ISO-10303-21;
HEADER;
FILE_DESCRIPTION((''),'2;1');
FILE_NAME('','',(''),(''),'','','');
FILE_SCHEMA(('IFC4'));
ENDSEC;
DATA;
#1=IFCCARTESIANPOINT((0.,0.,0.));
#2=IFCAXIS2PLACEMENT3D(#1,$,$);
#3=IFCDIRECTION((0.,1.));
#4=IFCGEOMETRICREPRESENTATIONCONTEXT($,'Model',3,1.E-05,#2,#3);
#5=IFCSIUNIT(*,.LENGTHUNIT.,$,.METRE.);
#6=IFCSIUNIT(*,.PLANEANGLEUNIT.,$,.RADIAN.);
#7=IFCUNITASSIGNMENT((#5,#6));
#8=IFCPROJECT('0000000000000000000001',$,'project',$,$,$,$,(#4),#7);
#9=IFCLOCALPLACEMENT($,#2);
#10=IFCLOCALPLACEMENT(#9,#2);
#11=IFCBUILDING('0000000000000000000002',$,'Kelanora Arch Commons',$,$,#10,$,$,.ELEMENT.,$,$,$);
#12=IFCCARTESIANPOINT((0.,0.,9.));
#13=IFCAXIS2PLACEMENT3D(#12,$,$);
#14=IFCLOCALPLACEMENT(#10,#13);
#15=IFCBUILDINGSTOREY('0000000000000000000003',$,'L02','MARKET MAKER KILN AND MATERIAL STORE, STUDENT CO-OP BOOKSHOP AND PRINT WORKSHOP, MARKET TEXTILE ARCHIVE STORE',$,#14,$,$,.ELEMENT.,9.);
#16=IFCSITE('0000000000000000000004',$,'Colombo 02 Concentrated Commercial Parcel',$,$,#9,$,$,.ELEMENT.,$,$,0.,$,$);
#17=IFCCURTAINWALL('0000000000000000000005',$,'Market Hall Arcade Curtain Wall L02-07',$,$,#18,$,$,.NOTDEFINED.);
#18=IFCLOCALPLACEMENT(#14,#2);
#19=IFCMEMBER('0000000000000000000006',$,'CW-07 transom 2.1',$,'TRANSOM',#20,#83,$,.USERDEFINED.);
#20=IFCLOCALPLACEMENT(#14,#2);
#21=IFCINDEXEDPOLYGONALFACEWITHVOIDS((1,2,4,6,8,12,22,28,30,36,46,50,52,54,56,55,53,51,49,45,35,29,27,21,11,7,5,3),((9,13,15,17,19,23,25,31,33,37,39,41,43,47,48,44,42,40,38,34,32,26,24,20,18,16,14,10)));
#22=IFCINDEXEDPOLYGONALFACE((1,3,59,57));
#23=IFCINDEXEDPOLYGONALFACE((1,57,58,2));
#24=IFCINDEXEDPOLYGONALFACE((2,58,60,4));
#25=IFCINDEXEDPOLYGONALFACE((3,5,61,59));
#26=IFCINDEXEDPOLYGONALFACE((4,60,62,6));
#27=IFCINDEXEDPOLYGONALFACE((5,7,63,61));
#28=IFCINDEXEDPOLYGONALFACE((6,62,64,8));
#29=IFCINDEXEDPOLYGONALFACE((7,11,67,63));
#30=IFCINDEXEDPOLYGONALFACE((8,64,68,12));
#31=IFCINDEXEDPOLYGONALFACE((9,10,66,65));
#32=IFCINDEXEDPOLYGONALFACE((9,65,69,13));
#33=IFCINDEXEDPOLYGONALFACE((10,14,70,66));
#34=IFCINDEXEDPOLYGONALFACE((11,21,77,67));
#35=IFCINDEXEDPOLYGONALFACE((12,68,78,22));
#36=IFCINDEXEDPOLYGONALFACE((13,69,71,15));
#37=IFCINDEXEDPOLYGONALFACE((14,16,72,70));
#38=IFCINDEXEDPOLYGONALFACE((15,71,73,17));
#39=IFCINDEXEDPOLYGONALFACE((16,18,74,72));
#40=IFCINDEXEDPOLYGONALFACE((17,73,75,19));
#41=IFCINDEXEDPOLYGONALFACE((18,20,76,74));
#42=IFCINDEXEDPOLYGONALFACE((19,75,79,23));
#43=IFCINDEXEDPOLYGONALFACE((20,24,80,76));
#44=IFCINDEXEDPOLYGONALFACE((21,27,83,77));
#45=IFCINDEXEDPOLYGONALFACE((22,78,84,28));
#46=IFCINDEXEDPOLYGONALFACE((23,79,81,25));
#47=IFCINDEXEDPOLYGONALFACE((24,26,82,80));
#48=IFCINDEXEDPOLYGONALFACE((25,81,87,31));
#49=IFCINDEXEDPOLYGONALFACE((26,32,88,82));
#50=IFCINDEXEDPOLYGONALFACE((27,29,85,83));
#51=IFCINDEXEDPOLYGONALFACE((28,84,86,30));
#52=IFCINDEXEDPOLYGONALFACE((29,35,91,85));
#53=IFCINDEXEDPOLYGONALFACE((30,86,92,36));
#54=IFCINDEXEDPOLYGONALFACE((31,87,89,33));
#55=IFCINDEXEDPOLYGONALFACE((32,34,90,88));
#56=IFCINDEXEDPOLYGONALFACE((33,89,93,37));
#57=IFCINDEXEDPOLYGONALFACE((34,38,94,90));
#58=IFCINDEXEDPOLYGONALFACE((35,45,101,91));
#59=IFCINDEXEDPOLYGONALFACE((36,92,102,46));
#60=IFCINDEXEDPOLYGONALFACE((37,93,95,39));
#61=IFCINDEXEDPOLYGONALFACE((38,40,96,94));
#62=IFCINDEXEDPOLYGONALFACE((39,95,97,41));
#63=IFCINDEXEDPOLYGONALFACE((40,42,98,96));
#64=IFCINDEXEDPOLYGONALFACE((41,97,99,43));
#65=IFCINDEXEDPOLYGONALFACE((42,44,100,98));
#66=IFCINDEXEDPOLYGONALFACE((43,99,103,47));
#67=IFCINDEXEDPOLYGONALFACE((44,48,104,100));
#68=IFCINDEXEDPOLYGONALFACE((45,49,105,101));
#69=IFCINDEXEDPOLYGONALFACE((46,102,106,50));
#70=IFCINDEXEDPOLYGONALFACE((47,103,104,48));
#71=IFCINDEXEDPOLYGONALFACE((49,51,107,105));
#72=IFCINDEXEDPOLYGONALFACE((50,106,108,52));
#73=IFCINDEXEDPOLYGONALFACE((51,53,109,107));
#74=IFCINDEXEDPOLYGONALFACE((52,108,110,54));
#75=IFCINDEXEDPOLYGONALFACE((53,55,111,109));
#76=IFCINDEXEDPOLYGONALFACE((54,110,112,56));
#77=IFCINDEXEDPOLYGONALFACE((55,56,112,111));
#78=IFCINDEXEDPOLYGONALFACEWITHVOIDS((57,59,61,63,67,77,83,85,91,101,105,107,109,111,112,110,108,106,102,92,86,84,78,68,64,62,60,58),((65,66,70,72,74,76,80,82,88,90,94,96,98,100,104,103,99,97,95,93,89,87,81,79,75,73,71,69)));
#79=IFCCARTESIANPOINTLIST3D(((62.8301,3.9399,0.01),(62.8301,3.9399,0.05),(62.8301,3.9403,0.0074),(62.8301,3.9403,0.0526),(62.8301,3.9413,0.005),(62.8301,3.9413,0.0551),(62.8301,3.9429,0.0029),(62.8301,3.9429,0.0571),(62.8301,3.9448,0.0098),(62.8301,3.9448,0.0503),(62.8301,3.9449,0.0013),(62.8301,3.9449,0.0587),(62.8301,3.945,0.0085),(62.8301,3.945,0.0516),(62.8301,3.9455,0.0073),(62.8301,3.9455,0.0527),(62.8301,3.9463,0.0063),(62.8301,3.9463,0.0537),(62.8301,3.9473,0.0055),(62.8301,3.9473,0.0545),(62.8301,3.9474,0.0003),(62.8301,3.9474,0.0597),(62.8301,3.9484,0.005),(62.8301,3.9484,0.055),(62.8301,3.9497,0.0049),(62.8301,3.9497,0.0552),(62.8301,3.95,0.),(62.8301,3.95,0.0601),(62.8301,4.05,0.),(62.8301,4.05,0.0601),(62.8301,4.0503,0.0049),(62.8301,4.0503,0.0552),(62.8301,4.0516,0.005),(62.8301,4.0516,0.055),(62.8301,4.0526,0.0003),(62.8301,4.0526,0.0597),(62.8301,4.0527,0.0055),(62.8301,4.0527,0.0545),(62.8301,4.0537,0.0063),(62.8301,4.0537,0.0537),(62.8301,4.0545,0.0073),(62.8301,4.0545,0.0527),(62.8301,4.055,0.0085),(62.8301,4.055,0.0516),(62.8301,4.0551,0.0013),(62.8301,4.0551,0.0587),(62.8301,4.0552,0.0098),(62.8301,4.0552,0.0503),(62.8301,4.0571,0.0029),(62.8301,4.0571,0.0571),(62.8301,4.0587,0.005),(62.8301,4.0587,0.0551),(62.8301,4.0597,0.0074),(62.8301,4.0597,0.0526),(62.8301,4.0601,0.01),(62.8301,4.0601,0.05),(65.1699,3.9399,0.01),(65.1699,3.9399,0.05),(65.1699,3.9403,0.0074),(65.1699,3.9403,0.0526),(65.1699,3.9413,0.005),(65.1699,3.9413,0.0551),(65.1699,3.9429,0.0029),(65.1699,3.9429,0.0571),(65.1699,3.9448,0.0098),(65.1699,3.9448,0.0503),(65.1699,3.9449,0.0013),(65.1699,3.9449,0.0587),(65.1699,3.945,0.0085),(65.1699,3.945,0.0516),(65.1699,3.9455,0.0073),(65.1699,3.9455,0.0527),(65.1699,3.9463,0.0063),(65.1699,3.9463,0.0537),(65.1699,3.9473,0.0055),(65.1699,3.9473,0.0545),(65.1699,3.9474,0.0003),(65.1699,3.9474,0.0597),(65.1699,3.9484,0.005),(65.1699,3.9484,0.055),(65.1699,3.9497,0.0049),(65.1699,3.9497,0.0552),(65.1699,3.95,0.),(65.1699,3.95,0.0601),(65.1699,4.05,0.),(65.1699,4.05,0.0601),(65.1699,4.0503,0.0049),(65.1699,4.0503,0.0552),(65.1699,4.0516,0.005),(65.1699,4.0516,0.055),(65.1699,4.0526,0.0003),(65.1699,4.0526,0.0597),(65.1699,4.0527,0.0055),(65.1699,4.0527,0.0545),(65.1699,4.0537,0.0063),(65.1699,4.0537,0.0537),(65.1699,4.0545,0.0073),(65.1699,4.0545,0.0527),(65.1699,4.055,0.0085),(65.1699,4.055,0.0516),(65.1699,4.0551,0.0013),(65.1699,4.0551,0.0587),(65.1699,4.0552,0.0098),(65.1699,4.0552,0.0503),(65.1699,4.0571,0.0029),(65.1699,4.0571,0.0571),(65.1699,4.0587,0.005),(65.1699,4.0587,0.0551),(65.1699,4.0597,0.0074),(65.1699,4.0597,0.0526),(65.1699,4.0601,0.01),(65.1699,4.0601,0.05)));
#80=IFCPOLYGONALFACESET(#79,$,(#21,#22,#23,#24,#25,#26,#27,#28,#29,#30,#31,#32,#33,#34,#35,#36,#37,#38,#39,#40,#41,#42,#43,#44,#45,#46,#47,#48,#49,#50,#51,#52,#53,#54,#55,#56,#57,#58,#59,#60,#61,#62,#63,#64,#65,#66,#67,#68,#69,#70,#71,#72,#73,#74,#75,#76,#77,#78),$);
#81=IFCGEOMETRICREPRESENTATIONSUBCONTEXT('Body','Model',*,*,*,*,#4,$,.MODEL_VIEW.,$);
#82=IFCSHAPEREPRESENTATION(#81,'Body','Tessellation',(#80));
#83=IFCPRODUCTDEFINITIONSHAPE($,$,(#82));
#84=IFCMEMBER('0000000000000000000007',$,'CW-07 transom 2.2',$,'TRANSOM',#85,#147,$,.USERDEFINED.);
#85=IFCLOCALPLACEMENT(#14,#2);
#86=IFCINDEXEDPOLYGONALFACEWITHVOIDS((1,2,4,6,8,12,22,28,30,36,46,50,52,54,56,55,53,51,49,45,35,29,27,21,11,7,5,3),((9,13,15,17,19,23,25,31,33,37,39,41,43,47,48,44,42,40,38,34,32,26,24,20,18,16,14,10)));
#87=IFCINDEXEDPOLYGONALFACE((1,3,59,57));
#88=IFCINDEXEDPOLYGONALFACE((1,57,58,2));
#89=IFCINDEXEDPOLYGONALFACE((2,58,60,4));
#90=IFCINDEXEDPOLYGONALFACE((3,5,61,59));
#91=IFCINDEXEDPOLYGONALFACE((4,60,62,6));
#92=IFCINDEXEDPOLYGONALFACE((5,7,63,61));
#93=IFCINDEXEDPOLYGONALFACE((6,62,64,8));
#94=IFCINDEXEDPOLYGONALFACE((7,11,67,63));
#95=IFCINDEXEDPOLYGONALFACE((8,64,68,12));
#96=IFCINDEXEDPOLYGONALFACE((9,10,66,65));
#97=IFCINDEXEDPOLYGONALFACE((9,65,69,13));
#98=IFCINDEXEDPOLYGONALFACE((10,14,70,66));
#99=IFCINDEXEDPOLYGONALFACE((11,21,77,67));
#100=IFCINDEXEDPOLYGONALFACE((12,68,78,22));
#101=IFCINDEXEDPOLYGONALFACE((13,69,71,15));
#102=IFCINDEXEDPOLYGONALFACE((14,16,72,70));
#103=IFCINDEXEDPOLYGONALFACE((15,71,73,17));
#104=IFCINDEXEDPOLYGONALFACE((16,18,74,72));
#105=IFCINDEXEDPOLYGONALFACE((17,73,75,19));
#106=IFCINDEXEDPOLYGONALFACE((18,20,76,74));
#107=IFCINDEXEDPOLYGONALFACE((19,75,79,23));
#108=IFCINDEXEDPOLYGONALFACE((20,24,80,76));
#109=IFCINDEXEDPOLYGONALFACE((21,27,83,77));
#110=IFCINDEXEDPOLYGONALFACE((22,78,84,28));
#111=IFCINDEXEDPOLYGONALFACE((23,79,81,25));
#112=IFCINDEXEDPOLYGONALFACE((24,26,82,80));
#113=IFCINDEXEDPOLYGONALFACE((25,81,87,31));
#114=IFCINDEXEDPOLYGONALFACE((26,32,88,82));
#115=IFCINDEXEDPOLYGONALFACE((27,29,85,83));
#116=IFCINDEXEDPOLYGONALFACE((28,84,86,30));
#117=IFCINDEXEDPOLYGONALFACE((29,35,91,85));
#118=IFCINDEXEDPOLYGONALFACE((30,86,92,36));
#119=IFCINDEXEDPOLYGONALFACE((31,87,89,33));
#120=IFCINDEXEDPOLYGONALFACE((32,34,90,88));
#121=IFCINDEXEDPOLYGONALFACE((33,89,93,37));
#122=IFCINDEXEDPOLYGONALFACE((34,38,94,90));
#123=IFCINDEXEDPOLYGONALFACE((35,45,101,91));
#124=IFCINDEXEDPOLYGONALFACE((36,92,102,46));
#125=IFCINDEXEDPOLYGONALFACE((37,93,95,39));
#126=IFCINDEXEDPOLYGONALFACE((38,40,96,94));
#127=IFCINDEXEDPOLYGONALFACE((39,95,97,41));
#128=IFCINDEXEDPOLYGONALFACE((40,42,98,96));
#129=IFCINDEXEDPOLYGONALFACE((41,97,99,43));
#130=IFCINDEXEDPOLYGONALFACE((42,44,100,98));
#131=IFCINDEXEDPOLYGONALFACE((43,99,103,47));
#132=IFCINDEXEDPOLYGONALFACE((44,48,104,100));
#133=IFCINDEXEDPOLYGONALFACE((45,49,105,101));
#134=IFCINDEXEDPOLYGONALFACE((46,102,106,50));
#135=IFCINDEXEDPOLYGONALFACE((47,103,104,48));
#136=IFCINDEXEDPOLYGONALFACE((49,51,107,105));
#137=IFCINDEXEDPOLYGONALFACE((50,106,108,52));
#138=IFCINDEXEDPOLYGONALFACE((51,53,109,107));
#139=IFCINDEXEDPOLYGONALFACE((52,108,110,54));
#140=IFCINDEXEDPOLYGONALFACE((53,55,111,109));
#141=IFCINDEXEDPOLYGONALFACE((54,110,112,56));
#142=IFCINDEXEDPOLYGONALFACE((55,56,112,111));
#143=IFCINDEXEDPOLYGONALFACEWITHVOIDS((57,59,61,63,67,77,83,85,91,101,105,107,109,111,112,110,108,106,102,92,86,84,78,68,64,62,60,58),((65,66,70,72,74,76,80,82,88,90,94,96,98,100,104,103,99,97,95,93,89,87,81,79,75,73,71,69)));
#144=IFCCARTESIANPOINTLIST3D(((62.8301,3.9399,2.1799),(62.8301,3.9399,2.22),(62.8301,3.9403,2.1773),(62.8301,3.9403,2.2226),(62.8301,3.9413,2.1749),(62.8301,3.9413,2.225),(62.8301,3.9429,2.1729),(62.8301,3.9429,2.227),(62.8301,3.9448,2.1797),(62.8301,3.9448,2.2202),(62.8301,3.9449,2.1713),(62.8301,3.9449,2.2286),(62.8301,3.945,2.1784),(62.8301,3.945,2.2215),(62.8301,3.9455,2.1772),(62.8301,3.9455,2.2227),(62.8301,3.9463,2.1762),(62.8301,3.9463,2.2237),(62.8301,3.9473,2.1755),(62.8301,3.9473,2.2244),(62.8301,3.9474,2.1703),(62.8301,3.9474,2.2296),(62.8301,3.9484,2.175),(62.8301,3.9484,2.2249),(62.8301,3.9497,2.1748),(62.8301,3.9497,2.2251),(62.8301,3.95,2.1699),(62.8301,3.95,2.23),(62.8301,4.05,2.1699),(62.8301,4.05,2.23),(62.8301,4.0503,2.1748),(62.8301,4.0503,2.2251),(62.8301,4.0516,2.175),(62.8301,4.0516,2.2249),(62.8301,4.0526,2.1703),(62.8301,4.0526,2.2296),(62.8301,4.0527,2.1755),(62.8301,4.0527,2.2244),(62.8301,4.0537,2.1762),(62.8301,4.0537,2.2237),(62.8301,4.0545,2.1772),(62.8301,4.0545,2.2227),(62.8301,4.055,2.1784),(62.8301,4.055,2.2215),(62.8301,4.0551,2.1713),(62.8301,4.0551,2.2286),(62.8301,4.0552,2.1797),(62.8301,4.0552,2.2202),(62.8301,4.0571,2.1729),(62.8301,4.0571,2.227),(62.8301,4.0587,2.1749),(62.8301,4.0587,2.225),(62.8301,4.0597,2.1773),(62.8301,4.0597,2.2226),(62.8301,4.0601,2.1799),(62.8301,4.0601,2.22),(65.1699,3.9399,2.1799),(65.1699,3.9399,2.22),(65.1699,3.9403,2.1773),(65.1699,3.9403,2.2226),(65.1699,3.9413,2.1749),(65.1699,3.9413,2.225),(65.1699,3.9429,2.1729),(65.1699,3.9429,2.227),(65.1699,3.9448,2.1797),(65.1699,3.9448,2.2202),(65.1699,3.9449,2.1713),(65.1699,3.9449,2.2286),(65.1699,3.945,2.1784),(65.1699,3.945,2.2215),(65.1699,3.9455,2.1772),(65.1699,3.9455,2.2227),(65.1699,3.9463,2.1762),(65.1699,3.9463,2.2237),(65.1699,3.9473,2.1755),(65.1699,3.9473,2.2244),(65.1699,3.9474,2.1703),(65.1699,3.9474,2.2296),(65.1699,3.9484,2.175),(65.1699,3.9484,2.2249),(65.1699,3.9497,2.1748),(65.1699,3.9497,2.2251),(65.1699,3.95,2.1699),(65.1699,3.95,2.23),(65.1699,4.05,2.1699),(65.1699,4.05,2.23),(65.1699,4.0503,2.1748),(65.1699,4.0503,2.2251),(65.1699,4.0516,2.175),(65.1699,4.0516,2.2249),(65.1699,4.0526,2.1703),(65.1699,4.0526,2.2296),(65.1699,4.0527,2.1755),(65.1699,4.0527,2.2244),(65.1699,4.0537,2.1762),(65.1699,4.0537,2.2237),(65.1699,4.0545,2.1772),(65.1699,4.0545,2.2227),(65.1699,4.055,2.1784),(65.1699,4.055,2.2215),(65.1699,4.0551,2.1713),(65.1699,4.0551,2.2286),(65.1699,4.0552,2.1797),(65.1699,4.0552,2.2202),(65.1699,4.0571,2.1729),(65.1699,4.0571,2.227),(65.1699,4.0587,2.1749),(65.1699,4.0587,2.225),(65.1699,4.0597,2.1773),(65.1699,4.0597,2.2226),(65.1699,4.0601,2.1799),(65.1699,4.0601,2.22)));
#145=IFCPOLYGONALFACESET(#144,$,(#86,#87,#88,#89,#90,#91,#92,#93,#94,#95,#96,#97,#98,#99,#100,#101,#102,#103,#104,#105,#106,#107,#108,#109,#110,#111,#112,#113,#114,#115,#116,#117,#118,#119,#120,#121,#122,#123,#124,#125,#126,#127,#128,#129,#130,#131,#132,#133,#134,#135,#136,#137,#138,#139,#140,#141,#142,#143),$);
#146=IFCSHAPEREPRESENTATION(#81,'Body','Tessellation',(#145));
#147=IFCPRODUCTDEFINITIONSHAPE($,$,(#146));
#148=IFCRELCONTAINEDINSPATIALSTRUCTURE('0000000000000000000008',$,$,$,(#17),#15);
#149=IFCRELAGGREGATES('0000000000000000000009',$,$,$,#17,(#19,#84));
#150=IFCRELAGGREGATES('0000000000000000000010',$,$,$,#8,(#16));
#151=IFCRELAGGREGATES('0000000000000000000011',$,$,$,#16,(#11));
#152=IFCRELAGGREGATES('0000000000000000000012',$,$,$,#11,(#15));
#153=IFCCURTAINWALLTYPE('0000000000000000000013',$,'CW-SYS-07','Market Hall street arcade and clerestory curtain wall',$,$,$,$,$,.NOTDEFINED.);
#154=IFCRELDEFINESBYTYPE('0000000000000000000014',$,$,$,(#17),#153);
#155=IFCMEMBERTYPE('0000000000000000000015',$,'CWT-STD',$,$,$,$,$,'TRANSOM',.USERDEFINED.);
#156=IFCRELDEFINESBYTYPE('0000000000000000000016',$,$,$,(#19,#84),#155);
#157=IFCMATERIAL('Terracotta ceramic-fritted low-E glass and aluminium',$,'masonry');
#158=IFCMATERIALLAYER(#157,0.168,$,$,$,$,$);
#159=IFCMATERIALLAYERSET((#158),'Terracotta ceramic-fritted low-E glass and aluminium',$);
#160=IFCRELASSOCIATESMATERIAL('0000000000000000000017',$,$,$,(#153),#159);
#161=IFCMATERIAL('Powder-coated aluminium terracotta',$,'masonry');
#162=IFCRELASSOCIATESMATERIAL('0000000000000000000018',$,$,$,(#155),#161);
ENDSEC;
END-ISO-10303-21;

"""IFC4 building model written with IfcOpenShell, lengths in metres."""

from ifc_helpers import new_model, si_unit, direction, frame, origin, origin_2d, place, context, subcontext, project, spatial, hollow_rectangle, extrude, material, layer, layer_set, material_profile, profile_set, type_object, element, aggregate, save


model = new_model("IFC4")

# Units and contexts
model_context = context("Model", 3, precision=1e-05, world=origin(), true_north=direction((0.0, 1.0)))
body_context = subcontext(model_context, "Body", "Model", "MODEL_VIEW")
ifc_project = project(units=[si_unit("LENGTHUNIT", "METRE"), si_unit("PLANEANGLEUNIT", "RADIAN")], contexts=[model_context])

# Site, building, storey
site_placement = place(None, origin())
site = spatial("IfcSite", under=ifc_project, at=site_placement, Name="Colombo 02 Concentrated Commercial Parcel", CompositionType="ELEMENT", RefElevation=0.0)
building_placement = place(site_placement, origin())
building = spatial("IfcBuilding", under=site, at=building_placement, Name="Kelanora Arch Commons", CompositionType="ELEMENT")
storey_placement = place(building_placement, frame((0.0, 0.0, 9.0)))
storey = spatial("IfcBuildingStorey", under=building, at=storey_placement, Name="L02", Description="MARKET MAKER KILN AND MATERIAL STORE, STUDENT CO-OP BOOKSHOP AND PRINT WORKSHOP, MARKET TEXTILE ARCHIVE STORE", CompositionType="ELEMENT", Elevation=9.0)

# Curtain wall, members
ifc_material_1 = material(Name="Terracotta ceramic-fritted low-E glass and aluminium", Category="masonry")
ifc_layer_1 = layer(ifc_material_1, 0.168)
ifc_layer_set_1 = layer_set([ifc_layer_1], Name="Terracotta ceramic-fritted low-E glass and aluminium")
curtain_wall_type = type_object("IfcCurtainWallType", Name="CW-SYS-07", Description="Market Hall street arcade and clerestory curtain wall", PredefinedType="NOTDEFINED", material=ifc_layer_set_1)
curtain_wall_placement = place(storey_placement, origin())
curtain_wall = element("IfcCurtainWall", 1, at=curtain_wall_placement, inside=storey, type_object=curtain_wall_type, Name="Market Hall Arcade Curtain Wall L02-07", PredefinedType="NOTDEFINED")
ifc_material_2 = material(Name="Powder-coated aluminium terracotta", Category="masonry")
ifc_material_profile_1 = material_profile(ifc_material_2, hollow_rectangle(XDim=0.1201, YDim=0.0601, WallThickness=0.0049, InnerFilletRadius=0.0049, OuterFilletRadius=0.01, at=origin_2d()), Name="CWT120x60")
ifc_profile_set_1 = profile_set([ifc_material_profile_1], Name="Powder-coated aluminium terracotta")
member_type_1 = type_object("IfcMemberType", Name="CWT-STD", ElementType="TRANSOM", PredefinedType="USERDEFINED", material=ifc_profile_set_1)
member_1_placement = place(storey_placement, frame((62.8301, 4.0, 0.03), z_axis=(1.0, 0.0, 0.0), x_axis=(0.0, 1.0, 0.0)))
member_1 = element("IfcMember", 2, at=member_1_placement, type_object=member_type_1, Name="CW-07 transom 2.1", ObjectType="TRANSOM", PredefinedType="USERDEFINED", context=body_context, shape_type="SweptSolid", body=[
    extrude(hollow_rectangle(XDim=0.1201, YDim=0.0601, WallThickness=0.0049, InnerFilletRadius=0.0049, OuterFilletRadius=0.01, at=origin_2d()), origin(), (0.0, 0.0, 1.0), 2.3398),
])
member_2_placement = place(storey_placement, frame((62.8301, 4.0, 2.2), z_axis=(1.0, 0.0, 0.0), x_axis=(0.0, 1.0, 0.0)))
member_2 = element("IfcMember", 3, at=member_2_placement, type_object=member_type_1, Name="CW-07 transom 2.2", ObjectType="TRANSOM", PredefinedType="USERDEFINED", context=body_context, shape_type="SweptSolid", body=[
    extrude(hollow_rectangle(XDim=0.1201, YDim=0.0601, WallThickness=0.0049, InnerFilletRadius=0.0049, OuterFilletRadius=0.01, at=origin_2d()), origin(), (0.0, 0.0, 1.0), 2.3398),
])

aggregate(curtain_wall, [member_1, member_2])

save(model, "model.ifc")
